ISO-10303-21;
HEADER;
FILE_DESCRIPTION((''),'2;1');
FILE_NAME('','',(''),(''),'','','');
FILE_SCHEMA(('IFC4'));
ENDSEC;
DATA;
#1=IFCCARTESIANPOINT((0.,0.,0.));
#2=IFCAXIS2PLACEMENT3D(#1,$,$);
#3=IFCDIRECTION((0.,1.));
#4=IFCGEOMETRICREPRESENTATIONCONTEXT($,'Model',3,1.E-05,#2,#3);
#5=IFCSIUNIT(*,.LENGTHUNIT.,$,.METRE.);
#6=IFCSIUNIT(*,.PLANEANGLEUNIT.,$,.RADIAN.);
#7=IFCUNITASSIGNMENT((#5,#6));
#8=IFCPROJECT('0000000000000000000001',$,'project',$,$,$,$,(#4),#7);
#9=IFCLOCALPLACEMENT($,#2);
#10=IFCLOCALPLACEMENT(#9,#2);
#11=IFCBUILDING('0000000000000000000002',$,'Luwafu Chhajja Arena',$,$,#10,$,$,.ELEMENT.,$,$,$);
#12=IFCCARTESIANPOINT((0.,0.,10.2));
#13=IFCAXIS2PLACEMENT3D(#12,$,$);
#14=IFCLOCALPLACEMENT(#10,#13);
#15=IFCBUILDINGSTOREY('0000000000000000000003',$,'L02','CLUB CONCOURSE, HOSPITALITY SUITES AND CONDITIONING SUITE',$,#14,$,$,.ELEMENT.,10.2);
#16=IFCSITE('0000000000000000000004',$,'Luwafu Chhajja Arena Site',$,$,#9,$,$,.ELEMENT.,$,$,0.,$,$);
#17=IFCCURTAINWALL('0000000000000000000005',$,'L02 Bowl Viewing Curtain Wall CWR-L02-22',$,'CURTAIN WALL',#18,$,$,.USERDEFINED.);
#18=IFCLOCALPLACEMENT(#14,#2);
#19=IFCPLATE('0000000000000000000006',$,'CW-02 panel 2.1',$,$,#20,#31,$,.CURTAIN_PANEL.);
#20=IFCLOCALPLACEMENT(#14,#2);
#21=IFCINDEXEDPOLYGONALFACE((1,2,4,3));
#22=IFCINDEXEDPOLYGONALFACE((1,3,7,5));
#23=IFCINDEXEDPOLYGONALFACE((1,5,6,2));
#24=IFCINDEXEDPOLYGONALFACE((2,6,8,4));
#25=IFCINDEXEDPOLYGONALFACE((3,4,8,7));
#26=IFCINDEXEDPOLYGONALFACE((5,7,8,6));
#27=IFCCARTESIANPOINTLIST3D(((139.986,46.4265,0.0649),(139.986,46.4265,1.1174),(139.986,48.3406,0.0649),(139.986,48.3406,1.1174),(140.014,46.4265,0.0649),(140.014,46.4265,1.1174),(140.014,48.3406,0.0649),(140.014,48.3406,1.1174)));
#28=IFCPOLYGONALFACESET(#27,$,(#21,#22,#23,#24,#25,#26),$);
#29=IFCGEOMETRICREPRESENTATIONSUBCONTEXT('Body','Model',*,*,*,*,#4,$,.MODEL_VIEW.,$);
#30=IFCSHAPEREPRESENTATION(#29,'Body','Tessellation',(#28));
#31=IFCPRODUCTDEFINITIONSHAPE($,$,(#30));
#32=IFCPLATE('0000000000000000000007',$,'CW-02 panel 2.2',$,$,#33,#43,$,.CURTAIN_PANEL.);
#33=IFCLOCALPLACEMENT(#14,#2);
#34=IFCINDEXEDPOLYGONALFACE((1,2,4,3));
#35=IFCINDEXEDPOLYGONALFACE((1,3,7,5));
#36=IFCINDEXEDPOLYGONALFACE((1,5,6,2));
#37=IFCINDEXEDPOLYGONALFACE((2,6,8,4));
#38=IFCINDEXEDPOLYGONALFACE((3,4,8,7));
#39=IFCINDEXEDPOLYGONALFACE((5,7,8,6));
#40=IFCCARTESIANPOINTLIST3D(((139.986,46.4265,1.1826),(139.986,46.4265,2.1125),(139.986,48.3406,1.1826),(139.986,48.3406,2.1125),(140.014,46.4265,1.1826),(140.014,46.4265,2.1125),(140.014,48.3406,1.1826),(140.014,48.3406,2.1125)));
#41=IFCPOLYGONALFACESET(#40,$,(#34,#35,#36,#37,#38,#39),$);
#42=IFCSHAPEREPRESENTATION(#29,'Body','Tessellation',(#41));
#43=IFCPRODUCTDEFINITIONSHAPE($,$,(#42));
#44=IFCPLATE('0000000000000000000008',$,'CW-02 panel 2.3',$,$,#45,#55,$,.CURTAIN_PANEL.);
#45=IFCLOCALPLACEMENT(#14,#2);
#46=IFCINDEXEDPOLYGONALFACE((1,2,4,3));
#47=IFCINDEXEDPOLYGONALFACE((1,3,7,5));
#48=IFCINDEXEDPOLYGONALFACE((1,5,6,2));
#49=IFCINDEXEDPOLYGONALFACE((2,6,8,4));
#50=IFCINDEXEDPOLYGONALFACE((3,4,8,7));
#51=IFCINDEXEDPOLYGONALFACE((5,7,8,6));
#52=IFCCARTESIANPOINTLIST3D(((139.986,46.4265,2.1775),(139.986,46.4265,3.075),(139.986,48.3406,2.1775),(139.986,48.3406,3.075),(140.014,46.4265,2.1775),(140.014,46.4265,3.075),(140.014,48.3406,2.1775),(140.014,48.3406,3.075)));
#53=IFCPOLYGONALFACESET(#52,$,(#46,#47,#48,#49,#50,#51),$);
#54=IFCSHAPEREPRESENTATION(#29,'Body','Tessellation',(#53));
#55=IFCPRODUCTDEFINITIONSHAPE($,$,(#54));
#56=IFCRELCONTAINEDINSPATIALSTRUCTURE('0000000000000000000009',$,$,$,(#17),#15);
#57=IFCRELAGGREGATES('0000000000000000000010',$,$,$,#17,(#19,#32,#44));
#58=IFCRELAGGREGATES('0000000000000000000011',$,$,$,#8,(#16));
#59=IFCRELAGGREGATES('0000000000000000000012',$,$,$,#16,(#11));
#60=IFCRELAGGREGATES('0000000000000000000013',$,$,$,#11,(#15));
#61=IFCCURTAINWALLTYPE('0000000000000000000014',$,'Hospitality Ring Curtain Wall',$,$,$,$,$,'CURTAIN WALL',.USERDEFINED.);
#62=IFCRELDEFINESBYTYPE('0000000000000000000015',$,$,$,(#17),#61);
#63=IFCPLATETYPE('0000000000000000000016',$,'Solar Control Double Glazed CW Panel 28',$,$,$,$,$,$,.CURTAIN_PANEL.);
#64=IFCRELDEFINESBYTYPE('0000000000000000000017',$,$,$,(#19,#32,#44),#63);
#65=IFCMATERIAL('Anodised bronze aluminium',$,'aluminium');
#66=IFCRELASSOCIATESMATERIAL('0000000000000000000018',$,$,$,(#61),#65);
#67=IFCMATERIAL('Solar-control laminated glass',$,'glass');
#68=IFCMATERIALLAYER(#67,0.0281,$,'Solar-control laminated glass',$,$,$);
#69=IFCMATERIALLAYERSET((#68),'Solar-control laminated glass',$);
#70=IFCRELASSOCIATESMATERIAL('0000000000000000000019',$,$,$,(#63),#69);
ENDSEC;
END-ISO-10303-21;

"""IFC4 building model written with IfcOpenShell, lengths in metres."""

from ifc_helpers import new_model, si_unit, direction, frame, origin, origin_2d, place, context, subcontext, project, spatial, rectangle, extrude, material, layer, layer_set, type_object, element, aggregate, save


model = new_model("IFC4")

# Units and contexts
model_context = context("Model", 3, precision=1e-05, world=origin(), true_north=direction((0.0, 1.0)))
body_context = subcontext(model_context, "Body", "Model", "MODEL_VIEW")
ifc_project = project(units=[si_unit("LENGTHUNIT", "METRE"), si_unit("PLANEANGLEUNIT", "RADIAN")], contexts=[model_context])

# Site, building, storey
site_placement = place(None, origin())
site = spatial("IfcSite", under=ifc_project, at=site_placement, Name="Luwafu Chhajja Arena Site", CompositionType="ELEMENT", RefElevation=0.0)
building_placement = place(site_placement, origin())
building = spatial("IfcBuilding", under=site, at=building_placement, Name="Luwafu Chhajja Arena", CompositionType="ELEMENT")
storey_placement = place(building_placement, frame((0.0, 0.0, 10.2)))
storey = spatial("IfcBuildingStorey", under=building, at=storey_placement, Name="L02", Description="CLUB CONCOURSE, HOSPITALITY SUITES AND CONDITIONING SUITE", CompositionType="ELEMENT", Elevation=10.2)

# Curtain wall
ifc_material_1 = material(Name="Anodised bronze aluminium", Category="aluminium")
curtain_wall_type = type_object("IfcCurtainWallType", Name="Hospitality Ring Curtain Wall", ElementType="CURTAIN WALL", PredefinedType="USERDEFINED", material=ifc_material_1)
curtain_wall_placement = place(storey_placement, origin())
curtain_wall = element("IfcCurtainWall", 1, at=curtain_wall_placement, inside=storey, type_object=curtain_wall_type, Name="L02 Bowl Viewing Curtain Wall CWR-L02-22", ObjectType="CURTAIN WALL", PredefinedType="USERDEFINED")

# Plates
ifc_material_2 = material(Name="Solar-control laminated glass", Category="glass")
ifc_layer = layer(ifc_material_2, 0.0281, Name="Solar-control laminated glass")
ifc_layer_set = layer_set([ifc_layer], Name="Solar-control laminated glass")
plate_type = type_object("IfcPlateType", Name="Solar Control Double Glazed CW Panel 28", PredefinedType="CURTAIN_PANEL", material=ifc_layer_set)
plate_1_placement = place(storey_placement, frame((140.0, 47.3835, 0.0649), z_axis=(0.0, 0.0, 1.0), x_axis=(0.0, 1.0, 0.0)))
plate_1 = element("IfcPlate", 2, at=plate_1_placement, type_object=plate_type, Name="CW-02 panel 2.1", PredefinedType="CURTAIN_PANEL", context=body_context, shape_type="SweptSolid", body=[
    extrude(rectangle(XDim=1.9141, YDim=0.0281, at=origin_2d()), origin(), (0.0, 0.0, 1.0), 1.0525),
])
plate_2_placement = place(storey_placement, frame((140.0, 47.3835, 1.1826), z_axis=(0.0, 0.0, 1.0), x_axis=(0.0, 1.0, 0.0)))
plate_2 = element("IfcPlate", 3, at=plate_2_placement, type_object=plate_type, Name="CW-02 panel 2.2", PredefinedType="CURTAIN_PANEL", context=body_context, shape_type="SweptSolid", body=[
    extrude(rectangle(XDim=1.9141, YDim=0.0281, at=origin_2d()), origin(), (0.0, 0.0, 1.0), 0.9299),
])
plate_3_placement = place(storey_placement, frame((140.0, 47.3835, 2.1775), z_axis=(0.0, 0.0, 1.0), x_axis=(0.0, 1.0, 0.0)))
plate_3 = element("IfcPlate", 4, at=plate_3_placement, type_object=plate_type, Name="CW-02 panel 2.3", PredefinedType="CURTAIN_PANEL", context=body_context, shape_type="SweptSolid", body=[
    extrude(rectangle(XDim=1.9141, YDim=0.0281, at=origin_2d()), origin(), (0.0, 0.0, 1.0), 0.8975),
])
aggregate(curtain_wall, [plate_1, plate_2, plate_3])

save(model, "model.ifc")
